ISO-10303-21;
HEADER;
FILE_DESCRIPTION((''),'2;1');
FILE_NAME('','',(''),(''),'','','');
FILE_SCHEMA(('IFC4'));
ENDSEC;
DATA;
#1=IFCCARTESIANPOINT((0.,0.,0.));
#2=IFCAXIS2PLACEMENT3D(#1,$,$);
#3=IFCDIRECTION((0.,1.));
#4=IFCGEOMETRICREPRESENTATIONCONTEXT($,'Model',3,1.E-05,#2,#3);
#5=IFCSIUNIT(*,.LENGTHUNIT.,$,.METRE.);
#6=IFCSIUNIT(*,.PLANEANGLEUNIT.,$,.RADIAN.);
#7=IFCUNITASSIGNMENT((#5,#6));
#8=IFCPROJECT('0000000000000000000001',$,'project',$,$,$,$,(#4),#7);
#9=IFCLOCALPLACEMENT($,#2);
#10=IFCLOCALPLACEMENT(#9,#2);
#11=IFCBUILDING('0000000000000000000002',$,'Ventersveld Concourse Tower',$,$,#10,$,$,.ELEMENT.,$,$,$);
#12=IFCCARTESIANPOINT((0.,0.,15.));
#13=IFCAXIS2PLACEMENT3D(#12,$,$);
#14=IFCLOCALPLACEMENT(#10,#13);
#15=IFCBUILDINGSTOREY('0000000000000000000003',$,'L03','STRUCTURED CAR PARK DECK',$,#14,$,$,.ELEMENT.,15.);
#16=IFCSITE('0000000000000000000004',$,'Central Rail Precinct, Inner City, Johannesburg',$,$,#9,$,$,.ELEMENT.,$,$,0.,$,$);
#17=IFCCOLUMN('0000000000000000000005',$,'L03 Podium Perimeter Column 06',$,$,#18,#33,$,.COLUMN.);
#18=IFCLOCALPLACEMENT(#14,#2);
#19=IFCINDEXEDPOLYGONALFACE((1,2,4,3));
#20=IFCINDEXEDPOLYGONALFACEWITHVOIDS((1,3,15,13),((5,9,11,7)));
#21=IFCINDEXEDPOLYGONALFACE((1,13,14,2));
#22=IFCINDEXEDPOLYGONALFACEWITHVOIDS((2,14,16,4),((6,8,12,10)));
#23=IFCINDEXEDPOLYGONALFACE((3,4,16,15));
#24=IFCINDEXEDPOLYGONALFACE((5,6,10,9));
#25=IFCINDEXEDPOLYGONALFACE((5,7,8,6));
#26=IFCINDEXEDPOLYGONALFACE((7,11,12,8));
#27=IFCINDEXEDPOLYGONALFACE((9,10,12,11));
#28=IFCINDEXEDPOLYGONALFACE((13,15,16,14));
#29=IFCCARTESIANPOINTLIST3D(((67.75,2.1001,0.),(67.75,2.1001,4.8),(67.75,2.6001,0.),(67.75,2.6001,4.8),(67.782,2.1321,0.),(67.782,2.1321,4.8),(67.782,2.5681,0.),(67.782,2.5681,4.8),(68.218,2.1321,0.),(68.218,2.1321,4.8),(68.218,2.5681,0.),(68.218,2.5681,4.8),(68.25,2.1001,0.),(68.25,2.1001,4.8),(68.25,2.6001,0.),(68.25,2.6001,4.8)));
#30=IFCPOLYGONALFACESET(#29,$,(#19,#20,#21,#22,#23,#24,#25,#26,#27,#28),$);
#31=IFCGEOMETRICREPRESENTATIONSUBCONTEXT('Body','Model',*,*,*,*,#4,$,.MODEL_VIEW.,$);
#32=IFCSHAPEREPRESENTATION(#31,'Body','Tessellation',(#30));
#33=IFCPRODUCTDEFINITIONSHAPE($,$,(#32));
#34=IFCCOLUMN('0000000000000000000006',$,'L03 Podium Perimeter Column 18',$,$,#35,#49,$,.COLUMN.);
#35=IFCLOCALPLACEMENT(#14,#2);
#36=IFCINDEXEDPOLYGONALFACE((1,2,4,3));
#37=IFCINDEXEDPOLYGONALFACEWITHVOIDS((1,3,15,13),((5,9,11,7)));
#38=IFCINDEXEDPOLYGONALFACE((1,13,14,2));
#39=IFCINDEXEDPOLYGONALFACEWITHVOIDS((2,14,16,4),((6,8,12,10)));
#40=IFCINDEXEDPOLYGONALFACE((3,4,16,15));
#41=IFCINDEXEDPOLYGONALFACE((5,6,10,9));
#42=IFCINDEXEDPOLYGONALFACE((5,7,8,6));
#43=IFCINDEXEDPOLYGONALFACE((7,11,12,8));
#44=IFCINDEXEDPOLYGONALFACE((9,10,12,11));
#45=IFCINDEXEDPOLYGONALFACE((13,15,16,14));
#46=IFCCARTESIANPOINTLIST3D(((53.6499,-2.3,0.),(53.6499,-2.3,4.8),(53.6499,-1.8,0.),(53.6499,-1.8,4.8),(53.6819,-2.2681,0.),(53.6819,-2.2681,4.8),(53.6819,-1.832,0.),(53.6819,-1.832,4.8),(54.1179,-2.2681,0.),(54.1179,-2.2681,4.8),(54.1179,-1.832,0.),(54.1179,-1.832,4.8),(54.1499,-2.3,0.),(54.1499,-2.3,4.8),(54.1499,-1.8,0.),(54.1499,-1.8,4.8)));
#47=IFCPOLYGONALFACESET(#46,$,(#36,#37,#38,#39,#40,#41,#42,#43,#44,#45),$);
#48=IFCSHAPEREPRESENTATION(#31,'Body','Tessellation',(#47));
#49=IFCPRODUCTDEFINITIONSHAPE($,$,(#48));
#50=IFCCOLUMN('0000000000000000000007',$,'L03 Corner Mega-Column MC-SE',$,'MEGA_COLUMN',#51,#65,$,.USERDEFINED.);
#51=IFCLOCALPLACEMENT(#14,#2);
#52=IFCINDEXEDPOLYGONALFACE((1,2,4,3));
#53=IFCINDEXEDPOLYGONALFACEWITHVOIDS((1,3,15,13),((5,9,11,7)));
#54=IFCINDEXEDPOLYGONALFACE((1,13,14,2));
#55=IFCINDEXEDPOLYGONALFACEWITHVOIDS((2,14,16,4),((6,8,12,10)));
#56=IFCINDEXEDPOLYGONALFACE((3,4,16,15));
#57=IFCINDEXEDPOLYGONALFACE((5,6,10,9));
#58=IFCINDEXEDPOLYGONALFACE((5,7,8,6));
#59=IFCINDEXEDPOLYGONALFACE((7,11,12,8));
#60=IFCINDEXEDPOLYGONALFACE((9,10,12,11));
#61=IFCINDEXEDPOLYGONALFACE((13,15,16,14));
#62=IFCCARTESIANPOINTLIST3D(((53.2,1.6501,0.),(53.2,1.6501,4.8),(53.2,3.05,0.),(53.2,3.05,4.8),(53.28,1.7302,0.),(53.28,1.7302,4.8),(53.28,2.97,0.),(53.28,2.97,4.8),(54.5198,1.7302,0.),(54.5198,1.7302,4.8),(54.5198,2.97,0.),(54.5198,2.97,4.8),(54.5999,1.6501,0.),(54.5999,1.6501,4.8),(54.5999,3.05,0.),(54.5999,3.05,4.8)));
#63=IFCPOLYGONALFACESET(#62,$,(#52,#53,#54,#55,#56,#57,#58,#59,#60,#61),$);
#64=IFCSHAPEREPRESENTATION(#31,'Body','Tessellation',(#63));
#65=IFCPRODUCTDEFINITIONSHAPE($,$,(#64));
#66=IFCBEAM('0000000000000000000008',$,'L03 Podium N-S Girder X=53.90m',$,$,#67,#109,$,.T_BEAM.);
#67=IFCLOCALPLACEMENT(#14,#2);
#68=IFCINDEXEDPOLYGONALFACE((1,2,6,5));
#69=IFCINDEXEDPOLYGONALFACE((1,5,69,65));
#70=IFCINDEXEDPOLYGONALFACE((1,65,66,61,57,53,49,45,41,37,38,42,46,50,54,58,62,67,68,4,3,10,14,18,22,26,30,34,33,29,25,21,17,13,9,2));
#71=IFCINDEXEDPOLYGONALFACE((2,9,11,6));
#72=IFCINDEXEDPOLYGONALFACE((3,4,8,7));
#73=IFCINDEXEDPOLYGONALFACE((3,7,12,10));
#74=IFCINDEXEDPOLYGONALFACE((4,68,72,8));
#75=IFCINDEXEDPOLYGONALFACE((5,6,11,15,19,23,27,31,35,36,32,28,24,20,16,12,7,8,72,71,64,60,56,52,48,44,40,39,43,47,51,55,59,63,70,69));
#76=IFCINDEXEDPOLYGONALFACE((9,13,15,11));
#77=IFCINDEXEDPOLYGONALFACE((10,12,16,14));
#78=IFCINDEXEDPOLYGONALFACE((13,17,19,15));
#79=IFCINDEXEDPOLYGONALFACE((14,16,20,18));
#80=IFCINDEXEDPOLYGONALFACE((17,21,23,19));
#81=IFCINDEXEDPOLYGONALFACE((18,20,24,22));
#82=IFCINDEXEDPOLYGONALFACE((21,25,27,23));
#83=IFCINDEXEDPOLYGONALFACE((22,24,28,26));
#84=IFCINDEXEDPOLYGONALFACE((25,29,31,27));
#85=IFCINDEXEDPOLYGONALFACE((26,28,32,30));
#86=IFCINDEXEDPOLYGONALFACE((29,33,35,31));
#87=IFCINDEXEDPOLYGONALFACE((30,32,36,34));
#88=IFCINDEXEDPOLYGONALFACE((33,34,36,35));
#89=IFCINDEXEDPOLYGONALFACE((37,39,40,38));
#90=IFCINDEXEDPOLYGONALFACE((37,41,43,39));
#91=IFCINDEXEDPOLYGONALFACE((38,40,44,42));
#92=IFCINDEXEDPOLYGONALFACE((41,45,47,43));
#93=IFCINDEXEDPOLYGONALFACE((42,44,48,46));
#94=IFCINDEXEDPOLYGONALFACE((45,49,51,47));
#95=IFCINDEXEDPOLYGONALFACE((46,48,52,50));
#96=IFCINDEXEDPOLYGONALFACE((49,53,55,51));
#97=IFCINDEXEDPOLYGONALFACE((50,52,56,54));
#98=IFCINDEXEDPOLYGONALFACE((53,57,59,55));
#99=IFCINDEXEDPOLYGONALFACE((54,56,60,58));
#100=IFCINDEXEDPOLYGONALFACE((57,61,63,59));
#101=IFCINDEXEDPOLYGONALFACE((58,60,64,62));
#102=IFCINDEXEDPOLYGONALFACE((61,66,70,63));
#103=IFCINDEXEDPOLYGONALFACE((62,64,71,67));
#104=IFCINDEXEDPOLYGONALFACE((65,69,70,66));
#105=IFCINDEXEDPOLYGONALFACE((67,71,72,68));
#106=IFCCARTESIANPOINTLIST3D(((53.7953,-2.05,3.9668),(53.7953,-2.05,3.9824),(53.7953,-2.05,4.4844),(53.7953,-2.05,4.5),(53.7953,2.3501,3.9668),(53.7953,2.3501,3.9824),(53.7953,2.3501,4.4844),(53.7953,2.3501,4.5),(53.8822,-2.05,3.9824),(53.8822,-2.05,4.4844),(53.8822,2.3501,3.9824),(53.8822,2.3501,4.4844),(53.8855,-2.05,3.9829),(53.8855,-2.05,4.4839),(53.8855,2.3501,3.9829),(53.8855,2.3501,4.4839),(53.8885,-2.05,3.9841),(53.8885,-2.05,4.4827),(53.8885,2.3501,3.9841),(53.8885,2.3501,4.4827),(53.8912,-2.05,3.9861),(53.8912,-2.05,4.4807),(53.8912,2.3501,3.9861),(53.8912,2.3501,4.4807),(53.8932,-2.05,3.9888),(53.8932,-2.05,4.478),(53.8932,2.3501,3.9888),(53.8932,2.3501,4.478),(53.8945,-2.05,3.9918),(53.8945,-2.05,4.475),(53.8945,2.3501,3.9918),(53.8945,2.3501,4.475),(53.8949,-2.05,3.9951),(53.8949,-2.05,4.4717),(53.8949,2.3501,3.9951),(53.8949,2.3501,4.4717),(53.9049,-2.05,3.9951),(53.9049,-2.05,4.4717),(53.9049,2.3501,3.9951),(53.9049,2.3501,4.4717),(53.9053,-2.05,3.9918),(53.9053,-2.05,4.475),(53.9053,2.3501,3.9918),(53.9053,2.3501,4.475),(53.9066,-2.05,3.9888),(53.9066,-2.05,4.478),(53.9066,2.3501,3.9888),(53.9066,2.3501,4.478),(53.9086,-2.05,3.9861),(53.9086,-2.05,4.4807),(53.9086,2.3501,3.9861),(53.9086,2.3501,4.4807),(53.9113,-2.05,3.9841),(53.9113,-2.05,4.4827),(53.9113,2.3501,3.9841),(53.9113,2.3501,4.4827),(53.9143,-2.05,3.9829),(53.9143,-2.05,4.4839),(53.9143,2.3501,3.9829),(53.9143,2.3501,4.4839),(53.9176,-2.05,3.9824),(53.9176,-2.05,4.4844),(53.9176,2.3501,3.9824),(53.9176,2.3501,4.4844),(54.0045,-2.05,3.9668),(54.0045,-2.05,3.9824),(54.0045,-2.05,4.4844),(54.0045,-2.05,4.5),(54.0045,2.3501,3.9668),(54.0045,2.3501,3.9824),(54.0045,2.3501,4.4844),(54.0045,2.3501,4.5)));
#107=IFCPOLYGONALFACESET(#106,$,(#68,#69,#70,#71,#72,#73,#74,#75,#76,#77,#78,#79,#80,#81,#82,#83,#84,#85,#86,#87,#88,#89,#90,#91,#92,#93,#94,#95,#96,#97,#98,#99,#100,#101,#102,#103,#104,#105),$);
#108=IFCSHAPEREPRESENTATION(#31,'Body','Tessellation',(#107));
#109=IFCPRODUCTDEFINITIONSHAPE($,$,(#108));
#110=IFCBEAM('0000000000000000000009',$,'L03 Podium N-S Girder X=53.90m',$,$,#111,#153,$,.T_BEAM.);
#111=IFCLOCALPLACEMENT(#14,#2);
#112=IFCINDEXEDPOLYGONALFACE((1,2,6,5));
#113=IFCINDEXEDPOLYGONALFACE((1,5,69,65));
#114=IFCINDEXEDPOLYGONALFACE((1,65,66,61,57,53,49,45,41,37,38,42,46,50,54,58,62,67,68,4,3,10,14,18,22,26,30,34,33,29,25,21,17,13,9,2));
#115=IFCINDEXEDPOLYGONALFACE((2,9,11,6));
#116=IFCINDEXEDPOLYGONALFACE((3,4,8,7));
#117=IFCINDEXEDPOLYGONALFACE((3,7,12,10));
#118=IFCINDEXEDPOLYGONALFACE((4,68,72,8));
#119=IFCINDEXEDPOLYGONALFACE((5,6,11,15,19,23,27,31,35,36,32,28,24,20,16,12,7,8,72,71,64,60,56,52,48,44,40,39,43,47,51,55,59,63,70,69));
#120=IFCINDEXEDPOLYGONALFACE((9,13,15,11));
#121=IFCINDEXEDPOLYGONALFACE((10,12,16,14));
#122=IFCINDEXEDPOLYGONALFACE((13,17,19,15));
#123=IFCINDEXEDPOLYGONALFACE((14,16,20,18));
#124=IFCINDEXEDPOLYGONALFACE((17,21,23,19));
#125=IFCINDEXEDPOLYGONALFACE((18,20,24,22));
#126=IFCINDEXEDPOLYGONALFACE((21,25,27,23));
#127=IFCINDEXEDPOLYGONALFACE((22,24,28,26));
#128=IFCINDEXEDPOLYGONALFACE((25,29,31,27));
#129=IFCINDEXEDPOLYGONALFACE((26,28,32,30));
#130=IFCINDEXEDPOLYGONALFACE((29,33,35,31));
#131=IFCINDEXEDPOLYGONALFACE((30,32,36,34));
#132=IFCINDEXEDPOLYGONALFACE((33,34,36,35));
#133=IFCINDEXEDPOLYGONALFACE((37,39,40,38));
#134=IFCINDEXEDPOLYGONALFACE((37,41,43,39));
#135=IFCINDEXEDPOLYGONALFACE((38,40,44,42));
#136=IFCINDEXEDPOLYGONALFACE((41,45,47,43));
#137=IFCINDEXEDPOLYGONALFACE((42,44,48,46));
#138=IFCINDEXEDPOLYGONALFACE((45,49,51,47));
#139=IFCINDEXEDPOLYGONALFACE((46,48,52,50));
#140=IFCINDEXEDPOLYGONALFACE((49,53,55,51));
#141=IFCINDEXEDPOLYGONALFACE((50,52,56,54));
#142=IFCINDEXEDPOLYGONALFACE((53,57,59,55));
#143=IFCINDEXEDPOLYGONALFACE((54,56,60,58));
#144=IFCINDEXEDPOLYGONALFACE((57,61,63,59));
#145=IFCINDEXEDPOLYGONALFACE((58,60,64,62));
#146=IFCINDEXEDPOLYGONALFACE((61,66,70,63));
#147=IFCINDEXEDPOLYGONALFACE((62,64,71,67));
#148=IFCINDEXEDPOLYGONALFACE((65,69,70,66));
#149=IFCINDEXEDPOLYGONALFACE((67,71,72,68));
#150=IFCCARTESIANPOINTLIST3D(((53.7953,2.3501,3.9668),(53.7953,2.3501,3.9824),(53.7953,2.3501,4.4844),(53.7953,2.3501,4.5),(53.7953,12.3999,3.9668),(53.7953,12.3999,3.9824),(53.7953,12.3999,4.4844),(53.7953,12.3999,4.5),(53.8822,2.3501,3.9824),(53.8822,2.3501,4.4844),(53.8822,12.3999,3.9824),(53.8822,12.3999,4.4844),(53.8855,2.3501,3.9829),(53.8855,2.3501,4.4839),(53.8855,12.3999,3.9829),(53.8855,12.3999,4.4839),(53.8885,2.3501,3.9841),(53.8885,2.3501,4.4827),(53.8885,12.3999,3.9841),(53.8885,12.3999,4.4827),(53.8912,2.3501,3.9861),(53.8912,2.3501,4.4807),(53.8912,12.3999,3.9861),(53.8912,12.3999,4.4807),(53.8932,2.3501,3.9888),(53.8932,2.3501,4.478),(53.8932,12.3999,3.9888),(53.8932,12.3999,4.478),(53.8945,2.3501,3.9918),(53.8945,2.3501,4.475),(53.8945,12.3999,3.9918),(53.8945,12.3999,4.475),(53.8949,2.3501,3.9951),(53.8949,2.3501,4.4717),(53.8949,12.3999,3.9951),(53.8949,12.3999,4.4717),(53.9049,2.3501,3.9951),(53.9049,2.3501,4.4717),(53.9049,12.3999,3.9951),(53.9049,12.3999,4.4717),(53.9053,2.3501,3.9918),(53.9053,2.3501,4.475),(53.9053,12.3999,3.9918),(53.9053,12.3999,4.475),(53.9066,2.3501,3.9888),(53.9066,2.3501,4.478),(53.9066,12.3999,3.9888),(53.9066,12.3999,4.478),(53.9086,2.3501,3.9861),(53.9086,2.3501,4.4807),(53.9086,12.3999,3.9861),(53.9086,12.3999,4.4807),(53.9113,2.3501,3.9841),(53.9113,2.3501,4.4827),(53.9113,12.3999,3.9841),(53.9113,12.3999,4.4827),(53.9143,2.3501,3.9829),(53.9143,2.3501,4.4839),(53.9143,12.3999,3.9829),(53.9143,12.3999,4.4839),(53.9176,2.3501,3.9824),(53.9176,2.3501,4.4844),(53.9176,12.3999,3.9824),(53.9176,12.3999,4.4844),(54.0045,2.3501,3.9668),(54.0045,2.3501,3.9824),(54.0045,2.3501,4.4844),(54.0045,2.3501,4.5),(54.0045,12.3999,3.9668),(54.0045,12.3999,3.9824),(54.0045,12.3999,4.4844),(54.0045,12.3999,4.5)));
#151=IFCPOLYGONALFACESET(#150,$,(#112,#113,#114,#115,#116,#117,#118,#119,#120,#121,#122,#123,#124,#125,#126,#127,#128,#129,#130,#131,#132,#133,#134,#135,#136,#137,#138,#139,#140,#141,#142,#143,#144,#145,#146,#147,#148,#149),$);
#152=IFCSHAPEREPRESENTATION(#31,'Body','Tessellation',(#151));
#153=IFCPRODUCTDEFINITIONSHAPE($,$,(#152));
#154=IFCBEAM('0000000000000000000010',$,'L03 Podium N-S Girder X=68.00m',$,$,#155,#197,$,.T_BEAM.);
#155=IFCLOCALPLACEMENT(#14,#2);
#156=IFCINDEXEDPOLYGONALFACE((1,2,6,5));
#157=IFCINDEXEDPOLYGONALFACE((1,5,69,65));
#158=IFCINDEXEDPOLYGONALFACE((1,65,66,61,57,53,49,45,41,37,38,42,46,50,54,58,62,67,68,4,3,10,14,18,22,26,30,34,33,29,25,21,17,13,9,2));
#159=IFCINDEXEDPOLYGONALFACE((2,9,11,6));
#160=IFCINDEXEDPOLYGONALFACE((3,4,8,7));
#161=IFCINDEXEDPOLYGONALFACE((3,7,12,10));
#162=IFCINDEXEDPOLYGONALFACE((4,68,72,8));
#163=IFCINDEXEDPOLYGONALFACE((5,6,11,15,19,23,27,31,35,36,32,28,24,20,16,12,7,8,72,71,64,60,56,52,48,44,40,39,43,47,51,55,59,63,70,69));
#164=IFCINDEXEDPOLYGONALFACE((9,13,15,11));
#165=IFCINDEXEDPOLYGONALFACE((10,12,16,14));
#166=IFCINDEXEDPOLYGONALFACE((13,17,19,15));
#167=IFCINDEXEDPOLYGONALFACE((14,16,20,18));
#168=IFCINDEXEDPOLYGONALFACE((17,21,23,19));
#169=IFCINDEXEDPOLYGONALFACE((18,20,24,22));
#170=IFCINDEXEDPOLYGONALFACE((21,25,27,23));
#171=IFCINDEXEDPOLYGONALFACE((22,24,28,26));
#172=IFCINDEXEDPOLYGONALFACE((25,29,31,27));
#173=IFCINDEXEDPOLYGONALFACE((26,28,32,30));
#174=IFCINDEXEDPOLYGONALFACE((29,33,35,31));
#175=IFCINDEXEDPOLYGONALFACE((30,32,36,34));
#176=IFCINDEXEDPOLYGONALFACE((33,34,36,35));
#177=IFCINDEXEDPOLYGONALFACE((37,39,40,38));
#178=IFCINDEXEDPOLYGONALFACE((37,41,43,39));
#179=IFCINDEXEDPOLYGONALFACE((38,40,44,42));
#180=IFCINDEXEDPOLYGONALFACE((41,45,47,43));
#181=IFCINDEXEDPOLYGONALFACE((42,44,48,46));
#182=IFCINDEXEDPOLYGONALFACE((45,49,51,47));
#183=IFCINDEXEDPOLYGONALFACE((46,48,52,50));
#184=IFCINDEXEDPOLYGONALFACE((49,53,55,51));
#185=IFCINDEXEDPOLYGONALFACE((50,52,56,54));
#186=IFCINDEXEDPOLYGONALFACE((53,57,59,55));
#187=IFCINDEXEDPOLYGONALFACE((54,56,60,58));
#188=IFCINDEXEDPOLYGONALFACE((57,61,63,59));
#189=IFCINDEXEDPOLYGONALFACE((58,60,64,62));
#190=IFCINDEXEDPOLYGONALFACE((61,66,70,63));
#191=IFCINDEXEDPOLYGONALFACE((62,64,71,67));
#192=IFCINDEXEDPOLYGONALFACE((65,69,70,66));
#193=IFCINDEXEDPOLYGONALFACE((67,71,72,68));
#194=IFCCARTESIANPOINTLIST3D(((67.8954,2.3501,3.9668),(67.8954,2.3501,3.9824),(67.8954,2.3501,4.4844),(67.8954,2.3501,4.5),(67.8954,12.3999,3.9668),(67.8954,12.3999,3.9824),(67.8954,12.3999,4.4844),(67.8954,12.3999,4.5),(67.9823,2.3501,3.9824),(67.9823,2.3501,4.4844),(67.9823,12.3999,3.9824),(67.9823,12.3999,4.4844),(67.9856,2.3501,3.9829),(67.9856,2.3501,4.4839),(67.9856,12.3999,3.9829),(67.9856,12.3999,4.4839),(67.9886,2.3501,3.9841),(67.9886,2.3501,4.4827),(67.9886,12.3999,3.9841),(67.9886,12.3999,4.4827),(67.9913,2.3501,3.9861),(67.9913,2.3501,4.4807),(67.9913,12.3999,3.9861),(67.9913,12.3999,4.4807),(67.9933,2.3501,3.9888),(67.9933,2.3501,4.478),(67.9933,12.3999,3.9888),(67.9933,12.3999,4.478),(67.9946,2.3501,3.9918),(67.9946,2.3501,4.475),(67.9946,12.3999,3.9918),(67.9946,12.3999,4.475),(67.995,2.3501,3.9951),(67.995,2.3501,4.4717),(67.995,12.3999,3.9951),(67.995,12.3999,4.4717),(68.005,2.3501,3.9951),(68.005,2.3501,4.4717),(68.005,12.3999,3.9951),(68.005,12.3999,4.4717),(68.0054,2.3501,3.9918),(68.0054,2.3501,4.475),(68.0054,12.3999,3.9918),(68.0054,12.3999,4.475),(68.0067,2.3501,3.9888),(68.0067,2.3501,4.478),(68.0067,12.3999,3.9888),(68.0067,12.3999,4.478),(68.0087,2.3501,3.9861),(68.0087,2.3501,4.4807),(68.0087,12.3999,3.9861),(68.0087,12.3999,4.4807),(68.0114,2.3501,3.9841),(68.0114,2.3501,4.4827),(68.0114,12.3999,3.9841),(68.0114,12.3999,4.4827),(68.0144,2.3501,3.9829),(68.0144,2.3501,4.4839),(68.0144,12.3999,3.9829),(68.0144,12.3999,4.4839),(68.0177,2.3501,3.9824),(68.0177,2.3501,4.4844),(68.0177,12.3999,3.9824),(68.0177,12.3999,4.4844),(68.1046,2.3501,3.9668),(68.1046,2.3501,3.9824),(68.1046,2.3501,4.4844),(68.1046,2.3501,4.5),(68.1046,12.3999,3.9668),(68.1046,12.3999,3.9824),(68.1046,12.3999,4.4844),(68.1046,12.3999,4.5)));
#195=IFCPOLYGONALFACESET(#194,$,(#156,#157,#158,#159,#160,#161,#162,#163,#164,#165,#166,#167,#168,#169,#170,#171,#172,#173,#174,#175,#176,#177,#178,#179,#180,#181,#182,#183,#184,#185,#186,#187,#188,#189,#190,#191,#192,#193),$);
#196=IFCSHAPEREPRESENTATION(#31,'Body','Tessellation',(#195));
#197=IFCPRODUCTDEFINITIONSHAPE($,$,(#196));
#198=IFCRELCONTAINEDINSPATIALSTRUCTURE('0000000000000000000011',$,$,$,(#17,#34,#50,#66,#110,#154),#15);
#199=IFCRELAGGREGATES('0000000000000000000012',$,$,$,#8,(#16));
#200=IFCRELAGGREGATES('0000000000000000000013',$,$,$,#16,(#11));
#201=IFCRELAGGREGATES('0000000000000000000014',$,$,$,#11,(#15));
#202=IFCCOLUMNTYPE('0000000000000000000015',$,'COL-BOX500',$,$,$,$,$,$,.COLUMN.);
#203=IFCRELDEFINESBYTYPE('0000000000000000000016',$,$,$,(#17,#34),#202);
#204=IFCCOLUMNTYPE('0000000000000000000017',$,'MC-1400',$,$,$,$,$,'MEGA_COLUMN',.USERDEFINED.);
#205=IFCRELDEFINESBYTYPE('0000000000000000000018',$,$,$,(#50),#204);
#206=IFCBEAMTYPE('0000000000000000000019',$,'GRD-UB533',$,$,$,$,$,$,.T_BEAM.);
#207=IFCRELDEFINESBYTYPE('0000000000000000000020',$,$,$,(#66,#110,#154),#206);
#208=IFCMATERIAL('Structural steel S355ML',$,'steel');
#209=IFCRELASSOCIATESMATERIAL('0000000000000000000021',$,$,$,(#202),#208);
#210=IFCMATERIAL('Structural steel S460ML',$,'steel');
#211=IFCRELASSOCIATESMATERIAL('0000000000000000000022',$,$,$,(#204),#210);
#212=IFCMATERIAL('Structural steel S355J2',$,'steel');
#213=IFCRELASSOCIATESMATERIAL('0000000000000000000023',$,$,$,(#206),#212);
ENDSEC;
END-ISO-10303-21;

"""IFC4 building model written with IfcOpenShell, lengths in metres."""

from ifc_helpers import new_model, si_unit, direction, frame, origin, origin_2d, place, context, subcontext, project, spatial, hollow_rectangle, i_section, extrude, material, material_profile, profile_set, type_object, element, save


model = new_model("IFC4")

# Units and contexts
model_context = context("Model", 3, precision=1e-05, world=origin(), true_north=direction((0.0, 1.0)))
body_context = subcontext(model_context, "Body", "Model", "MODEL_VIEW")
ifc_project = project(units=[si_unit("LENGTHUNIT", "METRE"), si_unit("PLANEANGLEUNIT", "RADIAN")], contexts=[model_context])

# Site, building, storey
site_placement = place(None, origin())
site = spatial("IfcSite", under=ifc_project, at=site_placement, Name="Central Rail Precinct, Inner City, Johannesburg", CompositionType="ELEMENT", RefElevation=0.0)
building_placement = place(site_placement, origin())
building = spatial("IfcBuilding", under=site, at=building_placement, Name="Ventersveld Concourse Tower", CompositionType="ELEMENT")
storey_placement = place(building_placement, frame((0.0, 0.0, 15.0)))
storey = spatial("IfcBuildingStorey", under=building, at=storey_placement, Name="L03", Description="STRUCTURED CAR PARK DECK", CompositionType="ELEMENT", Elevation=15.0)

# Columns
ifc_material_1 = material(Name="Structural steel S355ML", Category="steel")
ifc_material_profile_1 = material_profile(ifc_material_1, hollow_rectangle(XDim=0.5, YDim=0.5, WallThickness=0.032, at=origin_2d()), Name="BOX 500x500x32")
ifc_profile_set_1 = profile_set([ifc_material_profile_1], Name="Structural steel S355ML")
column_type_1 = type_object("IfcColumnType", Name="COL-BOX500", PredefinedType="COLUMN", material=ifc_profile_set_1)
for number, where, z_axis, x_axis, name in (
    (1, (68.0, 2.3501, 0.0), (0.0, 0.0, 1.0), (1.0, 0.0, 0.0), "L03 Podium Perimeter Column 06"),
    (2, (53.8999, -2.05, 0.0), (0.0, 0.0, 1.0), (1.0, 0.0, 0.0), "L03 Podium Perimeter Column 18"),
):
    element("IfcColumn", number, at=place(storey_placement, frame(where, z_axis=z_axis, x_axis=x_axis)), inside=storey, type_object=column_type_1, Name=name, PredefinedType="COLUMN", context=body_context, shape_type="SweptSolid", body=[
        extrude(hollow_rectangle(XDim=0.5, YDim=0.5, WallThickness=0.032, at=origin_2d()), origin(), (0.0, 0.0, 1.0), 4.8),
    ])
ifc_material_2 = material(Name="Structural steel S460ML", Category="steel")
ifc_material_profile_2 = material_profile(ifc_material_2, hollow_rectangle(XDim=1.3999, YDim=1.3999, WallThickness=0.0801, at=origin_2d()), Name="BOX 1400x1400x80")
ifc_profile_set_2 = profile_set([ifc_material_profile_2], Name="Structural steel S460ML")
column_type_2 = type_object("IfcColumnType", Name="MC-1400", ElementType="MEGA_COLUMN", PredefinedType="USERDEFINED", material=ifc_profile_set_2)
column_placement = place(storey_placement, frame((53.8999, 2.3501, 0.0), z_axis=(0.0, 0.0, 1.0), x_axis=(1.0, 0.0, 0.0)))
element("IfcColumn", 3, at=column_placement, inside=storey, type_object=column_type_2, Name="L03 Corner Mega-Column MC-SE", ObjectType="MEGA_COLUMN", PredefinedType="USERDEFINED", context=body_context, shape_type="SweptSolid", body=[
    extrude(hollow_rectangle(XDim=1.3999, YDim=1.3999, WallThickness=0.0801, at=origin_2d()), origin(), (0.0, 0.0, 1.0), 4.8),
])

# Beams
ifc_material_3 = material(Name="Structural steel S355J2", Category="steel")
ifc_material_profile_3 = material_profile(ifc_material_3, i_section(OverallWidth=0.2092, OverallDepth=0.5332, WebThickness=0.01, FlangeThickness=0.0156, FilletRadius=0.0127, at=origin_2d()), Name="UB 533x210x92")
ifc_profile_set_3 = profile_set([ifc_material_profile_3], Name="Structural steel S355J2")
beam_type = type_object("IfcBeamType", Name="GRD-UB533", PredefinedType="T_BEAM", material=ifc_profile_set_3)
beam_placement = place(storey_placement, frame((53.8999, -2.05, 4.2334), z_axis=(0.0, 1.0, 0.0), x_axis=(-1.0, 0.0, 0.0)))
element("IfcBeam", 4, at=beam_placement, inside=storey, type_object=beam_type, Name="L03 Podium N-S Girder X=53.90m", PredefinedType="T_BEAM", context=body_context, shape_type="SweptSolid", body=[
    extrude(i_section(OverallWidth=0.2092, OverallDepth=0.5332, WebThickness=0.01, FlangeThickness=0.0156, FilletRadius=0.0127, at=origin_2d()), origin(), (0.0, 0.0, 1.0), 4.4001),
])
for number, where, z_axis, x_axis, name in (
    (5, (53.8999, 2.3501, 4.2334), (0.0, 1.0, 0.0), (-1.0, 0.0, 0.0), "L03 Podium N-S Girder X=53.90m"),
    (6, (68.0, 2.3501, 4.2334), (0.0, 1.0, 0.0), (-1.0, 0.0, 0.0), "L03 Podium N-S Girder X=68.00m"),
):
    element("IfcBeam", number, at=place(storey_placement, frame(where, z_axis=z_axis, x_axis=x_axis)), inside=storey, type_object=beam_type, Name=name, PredefinedType="T_BEAM", context=body_context, shape_type="SweptSolid", body=[
        extrude(i_section(OverallWidth=0.2092, OverallDepth=0.5332, WebThickness=0.01, FlangeThickness=0.0156, FilletRadius=0.0127, at=origin_2d()), origin(), (0.0, 0.0, 1.0), 10.0498),
    ])

save(model, "model.ifc")
